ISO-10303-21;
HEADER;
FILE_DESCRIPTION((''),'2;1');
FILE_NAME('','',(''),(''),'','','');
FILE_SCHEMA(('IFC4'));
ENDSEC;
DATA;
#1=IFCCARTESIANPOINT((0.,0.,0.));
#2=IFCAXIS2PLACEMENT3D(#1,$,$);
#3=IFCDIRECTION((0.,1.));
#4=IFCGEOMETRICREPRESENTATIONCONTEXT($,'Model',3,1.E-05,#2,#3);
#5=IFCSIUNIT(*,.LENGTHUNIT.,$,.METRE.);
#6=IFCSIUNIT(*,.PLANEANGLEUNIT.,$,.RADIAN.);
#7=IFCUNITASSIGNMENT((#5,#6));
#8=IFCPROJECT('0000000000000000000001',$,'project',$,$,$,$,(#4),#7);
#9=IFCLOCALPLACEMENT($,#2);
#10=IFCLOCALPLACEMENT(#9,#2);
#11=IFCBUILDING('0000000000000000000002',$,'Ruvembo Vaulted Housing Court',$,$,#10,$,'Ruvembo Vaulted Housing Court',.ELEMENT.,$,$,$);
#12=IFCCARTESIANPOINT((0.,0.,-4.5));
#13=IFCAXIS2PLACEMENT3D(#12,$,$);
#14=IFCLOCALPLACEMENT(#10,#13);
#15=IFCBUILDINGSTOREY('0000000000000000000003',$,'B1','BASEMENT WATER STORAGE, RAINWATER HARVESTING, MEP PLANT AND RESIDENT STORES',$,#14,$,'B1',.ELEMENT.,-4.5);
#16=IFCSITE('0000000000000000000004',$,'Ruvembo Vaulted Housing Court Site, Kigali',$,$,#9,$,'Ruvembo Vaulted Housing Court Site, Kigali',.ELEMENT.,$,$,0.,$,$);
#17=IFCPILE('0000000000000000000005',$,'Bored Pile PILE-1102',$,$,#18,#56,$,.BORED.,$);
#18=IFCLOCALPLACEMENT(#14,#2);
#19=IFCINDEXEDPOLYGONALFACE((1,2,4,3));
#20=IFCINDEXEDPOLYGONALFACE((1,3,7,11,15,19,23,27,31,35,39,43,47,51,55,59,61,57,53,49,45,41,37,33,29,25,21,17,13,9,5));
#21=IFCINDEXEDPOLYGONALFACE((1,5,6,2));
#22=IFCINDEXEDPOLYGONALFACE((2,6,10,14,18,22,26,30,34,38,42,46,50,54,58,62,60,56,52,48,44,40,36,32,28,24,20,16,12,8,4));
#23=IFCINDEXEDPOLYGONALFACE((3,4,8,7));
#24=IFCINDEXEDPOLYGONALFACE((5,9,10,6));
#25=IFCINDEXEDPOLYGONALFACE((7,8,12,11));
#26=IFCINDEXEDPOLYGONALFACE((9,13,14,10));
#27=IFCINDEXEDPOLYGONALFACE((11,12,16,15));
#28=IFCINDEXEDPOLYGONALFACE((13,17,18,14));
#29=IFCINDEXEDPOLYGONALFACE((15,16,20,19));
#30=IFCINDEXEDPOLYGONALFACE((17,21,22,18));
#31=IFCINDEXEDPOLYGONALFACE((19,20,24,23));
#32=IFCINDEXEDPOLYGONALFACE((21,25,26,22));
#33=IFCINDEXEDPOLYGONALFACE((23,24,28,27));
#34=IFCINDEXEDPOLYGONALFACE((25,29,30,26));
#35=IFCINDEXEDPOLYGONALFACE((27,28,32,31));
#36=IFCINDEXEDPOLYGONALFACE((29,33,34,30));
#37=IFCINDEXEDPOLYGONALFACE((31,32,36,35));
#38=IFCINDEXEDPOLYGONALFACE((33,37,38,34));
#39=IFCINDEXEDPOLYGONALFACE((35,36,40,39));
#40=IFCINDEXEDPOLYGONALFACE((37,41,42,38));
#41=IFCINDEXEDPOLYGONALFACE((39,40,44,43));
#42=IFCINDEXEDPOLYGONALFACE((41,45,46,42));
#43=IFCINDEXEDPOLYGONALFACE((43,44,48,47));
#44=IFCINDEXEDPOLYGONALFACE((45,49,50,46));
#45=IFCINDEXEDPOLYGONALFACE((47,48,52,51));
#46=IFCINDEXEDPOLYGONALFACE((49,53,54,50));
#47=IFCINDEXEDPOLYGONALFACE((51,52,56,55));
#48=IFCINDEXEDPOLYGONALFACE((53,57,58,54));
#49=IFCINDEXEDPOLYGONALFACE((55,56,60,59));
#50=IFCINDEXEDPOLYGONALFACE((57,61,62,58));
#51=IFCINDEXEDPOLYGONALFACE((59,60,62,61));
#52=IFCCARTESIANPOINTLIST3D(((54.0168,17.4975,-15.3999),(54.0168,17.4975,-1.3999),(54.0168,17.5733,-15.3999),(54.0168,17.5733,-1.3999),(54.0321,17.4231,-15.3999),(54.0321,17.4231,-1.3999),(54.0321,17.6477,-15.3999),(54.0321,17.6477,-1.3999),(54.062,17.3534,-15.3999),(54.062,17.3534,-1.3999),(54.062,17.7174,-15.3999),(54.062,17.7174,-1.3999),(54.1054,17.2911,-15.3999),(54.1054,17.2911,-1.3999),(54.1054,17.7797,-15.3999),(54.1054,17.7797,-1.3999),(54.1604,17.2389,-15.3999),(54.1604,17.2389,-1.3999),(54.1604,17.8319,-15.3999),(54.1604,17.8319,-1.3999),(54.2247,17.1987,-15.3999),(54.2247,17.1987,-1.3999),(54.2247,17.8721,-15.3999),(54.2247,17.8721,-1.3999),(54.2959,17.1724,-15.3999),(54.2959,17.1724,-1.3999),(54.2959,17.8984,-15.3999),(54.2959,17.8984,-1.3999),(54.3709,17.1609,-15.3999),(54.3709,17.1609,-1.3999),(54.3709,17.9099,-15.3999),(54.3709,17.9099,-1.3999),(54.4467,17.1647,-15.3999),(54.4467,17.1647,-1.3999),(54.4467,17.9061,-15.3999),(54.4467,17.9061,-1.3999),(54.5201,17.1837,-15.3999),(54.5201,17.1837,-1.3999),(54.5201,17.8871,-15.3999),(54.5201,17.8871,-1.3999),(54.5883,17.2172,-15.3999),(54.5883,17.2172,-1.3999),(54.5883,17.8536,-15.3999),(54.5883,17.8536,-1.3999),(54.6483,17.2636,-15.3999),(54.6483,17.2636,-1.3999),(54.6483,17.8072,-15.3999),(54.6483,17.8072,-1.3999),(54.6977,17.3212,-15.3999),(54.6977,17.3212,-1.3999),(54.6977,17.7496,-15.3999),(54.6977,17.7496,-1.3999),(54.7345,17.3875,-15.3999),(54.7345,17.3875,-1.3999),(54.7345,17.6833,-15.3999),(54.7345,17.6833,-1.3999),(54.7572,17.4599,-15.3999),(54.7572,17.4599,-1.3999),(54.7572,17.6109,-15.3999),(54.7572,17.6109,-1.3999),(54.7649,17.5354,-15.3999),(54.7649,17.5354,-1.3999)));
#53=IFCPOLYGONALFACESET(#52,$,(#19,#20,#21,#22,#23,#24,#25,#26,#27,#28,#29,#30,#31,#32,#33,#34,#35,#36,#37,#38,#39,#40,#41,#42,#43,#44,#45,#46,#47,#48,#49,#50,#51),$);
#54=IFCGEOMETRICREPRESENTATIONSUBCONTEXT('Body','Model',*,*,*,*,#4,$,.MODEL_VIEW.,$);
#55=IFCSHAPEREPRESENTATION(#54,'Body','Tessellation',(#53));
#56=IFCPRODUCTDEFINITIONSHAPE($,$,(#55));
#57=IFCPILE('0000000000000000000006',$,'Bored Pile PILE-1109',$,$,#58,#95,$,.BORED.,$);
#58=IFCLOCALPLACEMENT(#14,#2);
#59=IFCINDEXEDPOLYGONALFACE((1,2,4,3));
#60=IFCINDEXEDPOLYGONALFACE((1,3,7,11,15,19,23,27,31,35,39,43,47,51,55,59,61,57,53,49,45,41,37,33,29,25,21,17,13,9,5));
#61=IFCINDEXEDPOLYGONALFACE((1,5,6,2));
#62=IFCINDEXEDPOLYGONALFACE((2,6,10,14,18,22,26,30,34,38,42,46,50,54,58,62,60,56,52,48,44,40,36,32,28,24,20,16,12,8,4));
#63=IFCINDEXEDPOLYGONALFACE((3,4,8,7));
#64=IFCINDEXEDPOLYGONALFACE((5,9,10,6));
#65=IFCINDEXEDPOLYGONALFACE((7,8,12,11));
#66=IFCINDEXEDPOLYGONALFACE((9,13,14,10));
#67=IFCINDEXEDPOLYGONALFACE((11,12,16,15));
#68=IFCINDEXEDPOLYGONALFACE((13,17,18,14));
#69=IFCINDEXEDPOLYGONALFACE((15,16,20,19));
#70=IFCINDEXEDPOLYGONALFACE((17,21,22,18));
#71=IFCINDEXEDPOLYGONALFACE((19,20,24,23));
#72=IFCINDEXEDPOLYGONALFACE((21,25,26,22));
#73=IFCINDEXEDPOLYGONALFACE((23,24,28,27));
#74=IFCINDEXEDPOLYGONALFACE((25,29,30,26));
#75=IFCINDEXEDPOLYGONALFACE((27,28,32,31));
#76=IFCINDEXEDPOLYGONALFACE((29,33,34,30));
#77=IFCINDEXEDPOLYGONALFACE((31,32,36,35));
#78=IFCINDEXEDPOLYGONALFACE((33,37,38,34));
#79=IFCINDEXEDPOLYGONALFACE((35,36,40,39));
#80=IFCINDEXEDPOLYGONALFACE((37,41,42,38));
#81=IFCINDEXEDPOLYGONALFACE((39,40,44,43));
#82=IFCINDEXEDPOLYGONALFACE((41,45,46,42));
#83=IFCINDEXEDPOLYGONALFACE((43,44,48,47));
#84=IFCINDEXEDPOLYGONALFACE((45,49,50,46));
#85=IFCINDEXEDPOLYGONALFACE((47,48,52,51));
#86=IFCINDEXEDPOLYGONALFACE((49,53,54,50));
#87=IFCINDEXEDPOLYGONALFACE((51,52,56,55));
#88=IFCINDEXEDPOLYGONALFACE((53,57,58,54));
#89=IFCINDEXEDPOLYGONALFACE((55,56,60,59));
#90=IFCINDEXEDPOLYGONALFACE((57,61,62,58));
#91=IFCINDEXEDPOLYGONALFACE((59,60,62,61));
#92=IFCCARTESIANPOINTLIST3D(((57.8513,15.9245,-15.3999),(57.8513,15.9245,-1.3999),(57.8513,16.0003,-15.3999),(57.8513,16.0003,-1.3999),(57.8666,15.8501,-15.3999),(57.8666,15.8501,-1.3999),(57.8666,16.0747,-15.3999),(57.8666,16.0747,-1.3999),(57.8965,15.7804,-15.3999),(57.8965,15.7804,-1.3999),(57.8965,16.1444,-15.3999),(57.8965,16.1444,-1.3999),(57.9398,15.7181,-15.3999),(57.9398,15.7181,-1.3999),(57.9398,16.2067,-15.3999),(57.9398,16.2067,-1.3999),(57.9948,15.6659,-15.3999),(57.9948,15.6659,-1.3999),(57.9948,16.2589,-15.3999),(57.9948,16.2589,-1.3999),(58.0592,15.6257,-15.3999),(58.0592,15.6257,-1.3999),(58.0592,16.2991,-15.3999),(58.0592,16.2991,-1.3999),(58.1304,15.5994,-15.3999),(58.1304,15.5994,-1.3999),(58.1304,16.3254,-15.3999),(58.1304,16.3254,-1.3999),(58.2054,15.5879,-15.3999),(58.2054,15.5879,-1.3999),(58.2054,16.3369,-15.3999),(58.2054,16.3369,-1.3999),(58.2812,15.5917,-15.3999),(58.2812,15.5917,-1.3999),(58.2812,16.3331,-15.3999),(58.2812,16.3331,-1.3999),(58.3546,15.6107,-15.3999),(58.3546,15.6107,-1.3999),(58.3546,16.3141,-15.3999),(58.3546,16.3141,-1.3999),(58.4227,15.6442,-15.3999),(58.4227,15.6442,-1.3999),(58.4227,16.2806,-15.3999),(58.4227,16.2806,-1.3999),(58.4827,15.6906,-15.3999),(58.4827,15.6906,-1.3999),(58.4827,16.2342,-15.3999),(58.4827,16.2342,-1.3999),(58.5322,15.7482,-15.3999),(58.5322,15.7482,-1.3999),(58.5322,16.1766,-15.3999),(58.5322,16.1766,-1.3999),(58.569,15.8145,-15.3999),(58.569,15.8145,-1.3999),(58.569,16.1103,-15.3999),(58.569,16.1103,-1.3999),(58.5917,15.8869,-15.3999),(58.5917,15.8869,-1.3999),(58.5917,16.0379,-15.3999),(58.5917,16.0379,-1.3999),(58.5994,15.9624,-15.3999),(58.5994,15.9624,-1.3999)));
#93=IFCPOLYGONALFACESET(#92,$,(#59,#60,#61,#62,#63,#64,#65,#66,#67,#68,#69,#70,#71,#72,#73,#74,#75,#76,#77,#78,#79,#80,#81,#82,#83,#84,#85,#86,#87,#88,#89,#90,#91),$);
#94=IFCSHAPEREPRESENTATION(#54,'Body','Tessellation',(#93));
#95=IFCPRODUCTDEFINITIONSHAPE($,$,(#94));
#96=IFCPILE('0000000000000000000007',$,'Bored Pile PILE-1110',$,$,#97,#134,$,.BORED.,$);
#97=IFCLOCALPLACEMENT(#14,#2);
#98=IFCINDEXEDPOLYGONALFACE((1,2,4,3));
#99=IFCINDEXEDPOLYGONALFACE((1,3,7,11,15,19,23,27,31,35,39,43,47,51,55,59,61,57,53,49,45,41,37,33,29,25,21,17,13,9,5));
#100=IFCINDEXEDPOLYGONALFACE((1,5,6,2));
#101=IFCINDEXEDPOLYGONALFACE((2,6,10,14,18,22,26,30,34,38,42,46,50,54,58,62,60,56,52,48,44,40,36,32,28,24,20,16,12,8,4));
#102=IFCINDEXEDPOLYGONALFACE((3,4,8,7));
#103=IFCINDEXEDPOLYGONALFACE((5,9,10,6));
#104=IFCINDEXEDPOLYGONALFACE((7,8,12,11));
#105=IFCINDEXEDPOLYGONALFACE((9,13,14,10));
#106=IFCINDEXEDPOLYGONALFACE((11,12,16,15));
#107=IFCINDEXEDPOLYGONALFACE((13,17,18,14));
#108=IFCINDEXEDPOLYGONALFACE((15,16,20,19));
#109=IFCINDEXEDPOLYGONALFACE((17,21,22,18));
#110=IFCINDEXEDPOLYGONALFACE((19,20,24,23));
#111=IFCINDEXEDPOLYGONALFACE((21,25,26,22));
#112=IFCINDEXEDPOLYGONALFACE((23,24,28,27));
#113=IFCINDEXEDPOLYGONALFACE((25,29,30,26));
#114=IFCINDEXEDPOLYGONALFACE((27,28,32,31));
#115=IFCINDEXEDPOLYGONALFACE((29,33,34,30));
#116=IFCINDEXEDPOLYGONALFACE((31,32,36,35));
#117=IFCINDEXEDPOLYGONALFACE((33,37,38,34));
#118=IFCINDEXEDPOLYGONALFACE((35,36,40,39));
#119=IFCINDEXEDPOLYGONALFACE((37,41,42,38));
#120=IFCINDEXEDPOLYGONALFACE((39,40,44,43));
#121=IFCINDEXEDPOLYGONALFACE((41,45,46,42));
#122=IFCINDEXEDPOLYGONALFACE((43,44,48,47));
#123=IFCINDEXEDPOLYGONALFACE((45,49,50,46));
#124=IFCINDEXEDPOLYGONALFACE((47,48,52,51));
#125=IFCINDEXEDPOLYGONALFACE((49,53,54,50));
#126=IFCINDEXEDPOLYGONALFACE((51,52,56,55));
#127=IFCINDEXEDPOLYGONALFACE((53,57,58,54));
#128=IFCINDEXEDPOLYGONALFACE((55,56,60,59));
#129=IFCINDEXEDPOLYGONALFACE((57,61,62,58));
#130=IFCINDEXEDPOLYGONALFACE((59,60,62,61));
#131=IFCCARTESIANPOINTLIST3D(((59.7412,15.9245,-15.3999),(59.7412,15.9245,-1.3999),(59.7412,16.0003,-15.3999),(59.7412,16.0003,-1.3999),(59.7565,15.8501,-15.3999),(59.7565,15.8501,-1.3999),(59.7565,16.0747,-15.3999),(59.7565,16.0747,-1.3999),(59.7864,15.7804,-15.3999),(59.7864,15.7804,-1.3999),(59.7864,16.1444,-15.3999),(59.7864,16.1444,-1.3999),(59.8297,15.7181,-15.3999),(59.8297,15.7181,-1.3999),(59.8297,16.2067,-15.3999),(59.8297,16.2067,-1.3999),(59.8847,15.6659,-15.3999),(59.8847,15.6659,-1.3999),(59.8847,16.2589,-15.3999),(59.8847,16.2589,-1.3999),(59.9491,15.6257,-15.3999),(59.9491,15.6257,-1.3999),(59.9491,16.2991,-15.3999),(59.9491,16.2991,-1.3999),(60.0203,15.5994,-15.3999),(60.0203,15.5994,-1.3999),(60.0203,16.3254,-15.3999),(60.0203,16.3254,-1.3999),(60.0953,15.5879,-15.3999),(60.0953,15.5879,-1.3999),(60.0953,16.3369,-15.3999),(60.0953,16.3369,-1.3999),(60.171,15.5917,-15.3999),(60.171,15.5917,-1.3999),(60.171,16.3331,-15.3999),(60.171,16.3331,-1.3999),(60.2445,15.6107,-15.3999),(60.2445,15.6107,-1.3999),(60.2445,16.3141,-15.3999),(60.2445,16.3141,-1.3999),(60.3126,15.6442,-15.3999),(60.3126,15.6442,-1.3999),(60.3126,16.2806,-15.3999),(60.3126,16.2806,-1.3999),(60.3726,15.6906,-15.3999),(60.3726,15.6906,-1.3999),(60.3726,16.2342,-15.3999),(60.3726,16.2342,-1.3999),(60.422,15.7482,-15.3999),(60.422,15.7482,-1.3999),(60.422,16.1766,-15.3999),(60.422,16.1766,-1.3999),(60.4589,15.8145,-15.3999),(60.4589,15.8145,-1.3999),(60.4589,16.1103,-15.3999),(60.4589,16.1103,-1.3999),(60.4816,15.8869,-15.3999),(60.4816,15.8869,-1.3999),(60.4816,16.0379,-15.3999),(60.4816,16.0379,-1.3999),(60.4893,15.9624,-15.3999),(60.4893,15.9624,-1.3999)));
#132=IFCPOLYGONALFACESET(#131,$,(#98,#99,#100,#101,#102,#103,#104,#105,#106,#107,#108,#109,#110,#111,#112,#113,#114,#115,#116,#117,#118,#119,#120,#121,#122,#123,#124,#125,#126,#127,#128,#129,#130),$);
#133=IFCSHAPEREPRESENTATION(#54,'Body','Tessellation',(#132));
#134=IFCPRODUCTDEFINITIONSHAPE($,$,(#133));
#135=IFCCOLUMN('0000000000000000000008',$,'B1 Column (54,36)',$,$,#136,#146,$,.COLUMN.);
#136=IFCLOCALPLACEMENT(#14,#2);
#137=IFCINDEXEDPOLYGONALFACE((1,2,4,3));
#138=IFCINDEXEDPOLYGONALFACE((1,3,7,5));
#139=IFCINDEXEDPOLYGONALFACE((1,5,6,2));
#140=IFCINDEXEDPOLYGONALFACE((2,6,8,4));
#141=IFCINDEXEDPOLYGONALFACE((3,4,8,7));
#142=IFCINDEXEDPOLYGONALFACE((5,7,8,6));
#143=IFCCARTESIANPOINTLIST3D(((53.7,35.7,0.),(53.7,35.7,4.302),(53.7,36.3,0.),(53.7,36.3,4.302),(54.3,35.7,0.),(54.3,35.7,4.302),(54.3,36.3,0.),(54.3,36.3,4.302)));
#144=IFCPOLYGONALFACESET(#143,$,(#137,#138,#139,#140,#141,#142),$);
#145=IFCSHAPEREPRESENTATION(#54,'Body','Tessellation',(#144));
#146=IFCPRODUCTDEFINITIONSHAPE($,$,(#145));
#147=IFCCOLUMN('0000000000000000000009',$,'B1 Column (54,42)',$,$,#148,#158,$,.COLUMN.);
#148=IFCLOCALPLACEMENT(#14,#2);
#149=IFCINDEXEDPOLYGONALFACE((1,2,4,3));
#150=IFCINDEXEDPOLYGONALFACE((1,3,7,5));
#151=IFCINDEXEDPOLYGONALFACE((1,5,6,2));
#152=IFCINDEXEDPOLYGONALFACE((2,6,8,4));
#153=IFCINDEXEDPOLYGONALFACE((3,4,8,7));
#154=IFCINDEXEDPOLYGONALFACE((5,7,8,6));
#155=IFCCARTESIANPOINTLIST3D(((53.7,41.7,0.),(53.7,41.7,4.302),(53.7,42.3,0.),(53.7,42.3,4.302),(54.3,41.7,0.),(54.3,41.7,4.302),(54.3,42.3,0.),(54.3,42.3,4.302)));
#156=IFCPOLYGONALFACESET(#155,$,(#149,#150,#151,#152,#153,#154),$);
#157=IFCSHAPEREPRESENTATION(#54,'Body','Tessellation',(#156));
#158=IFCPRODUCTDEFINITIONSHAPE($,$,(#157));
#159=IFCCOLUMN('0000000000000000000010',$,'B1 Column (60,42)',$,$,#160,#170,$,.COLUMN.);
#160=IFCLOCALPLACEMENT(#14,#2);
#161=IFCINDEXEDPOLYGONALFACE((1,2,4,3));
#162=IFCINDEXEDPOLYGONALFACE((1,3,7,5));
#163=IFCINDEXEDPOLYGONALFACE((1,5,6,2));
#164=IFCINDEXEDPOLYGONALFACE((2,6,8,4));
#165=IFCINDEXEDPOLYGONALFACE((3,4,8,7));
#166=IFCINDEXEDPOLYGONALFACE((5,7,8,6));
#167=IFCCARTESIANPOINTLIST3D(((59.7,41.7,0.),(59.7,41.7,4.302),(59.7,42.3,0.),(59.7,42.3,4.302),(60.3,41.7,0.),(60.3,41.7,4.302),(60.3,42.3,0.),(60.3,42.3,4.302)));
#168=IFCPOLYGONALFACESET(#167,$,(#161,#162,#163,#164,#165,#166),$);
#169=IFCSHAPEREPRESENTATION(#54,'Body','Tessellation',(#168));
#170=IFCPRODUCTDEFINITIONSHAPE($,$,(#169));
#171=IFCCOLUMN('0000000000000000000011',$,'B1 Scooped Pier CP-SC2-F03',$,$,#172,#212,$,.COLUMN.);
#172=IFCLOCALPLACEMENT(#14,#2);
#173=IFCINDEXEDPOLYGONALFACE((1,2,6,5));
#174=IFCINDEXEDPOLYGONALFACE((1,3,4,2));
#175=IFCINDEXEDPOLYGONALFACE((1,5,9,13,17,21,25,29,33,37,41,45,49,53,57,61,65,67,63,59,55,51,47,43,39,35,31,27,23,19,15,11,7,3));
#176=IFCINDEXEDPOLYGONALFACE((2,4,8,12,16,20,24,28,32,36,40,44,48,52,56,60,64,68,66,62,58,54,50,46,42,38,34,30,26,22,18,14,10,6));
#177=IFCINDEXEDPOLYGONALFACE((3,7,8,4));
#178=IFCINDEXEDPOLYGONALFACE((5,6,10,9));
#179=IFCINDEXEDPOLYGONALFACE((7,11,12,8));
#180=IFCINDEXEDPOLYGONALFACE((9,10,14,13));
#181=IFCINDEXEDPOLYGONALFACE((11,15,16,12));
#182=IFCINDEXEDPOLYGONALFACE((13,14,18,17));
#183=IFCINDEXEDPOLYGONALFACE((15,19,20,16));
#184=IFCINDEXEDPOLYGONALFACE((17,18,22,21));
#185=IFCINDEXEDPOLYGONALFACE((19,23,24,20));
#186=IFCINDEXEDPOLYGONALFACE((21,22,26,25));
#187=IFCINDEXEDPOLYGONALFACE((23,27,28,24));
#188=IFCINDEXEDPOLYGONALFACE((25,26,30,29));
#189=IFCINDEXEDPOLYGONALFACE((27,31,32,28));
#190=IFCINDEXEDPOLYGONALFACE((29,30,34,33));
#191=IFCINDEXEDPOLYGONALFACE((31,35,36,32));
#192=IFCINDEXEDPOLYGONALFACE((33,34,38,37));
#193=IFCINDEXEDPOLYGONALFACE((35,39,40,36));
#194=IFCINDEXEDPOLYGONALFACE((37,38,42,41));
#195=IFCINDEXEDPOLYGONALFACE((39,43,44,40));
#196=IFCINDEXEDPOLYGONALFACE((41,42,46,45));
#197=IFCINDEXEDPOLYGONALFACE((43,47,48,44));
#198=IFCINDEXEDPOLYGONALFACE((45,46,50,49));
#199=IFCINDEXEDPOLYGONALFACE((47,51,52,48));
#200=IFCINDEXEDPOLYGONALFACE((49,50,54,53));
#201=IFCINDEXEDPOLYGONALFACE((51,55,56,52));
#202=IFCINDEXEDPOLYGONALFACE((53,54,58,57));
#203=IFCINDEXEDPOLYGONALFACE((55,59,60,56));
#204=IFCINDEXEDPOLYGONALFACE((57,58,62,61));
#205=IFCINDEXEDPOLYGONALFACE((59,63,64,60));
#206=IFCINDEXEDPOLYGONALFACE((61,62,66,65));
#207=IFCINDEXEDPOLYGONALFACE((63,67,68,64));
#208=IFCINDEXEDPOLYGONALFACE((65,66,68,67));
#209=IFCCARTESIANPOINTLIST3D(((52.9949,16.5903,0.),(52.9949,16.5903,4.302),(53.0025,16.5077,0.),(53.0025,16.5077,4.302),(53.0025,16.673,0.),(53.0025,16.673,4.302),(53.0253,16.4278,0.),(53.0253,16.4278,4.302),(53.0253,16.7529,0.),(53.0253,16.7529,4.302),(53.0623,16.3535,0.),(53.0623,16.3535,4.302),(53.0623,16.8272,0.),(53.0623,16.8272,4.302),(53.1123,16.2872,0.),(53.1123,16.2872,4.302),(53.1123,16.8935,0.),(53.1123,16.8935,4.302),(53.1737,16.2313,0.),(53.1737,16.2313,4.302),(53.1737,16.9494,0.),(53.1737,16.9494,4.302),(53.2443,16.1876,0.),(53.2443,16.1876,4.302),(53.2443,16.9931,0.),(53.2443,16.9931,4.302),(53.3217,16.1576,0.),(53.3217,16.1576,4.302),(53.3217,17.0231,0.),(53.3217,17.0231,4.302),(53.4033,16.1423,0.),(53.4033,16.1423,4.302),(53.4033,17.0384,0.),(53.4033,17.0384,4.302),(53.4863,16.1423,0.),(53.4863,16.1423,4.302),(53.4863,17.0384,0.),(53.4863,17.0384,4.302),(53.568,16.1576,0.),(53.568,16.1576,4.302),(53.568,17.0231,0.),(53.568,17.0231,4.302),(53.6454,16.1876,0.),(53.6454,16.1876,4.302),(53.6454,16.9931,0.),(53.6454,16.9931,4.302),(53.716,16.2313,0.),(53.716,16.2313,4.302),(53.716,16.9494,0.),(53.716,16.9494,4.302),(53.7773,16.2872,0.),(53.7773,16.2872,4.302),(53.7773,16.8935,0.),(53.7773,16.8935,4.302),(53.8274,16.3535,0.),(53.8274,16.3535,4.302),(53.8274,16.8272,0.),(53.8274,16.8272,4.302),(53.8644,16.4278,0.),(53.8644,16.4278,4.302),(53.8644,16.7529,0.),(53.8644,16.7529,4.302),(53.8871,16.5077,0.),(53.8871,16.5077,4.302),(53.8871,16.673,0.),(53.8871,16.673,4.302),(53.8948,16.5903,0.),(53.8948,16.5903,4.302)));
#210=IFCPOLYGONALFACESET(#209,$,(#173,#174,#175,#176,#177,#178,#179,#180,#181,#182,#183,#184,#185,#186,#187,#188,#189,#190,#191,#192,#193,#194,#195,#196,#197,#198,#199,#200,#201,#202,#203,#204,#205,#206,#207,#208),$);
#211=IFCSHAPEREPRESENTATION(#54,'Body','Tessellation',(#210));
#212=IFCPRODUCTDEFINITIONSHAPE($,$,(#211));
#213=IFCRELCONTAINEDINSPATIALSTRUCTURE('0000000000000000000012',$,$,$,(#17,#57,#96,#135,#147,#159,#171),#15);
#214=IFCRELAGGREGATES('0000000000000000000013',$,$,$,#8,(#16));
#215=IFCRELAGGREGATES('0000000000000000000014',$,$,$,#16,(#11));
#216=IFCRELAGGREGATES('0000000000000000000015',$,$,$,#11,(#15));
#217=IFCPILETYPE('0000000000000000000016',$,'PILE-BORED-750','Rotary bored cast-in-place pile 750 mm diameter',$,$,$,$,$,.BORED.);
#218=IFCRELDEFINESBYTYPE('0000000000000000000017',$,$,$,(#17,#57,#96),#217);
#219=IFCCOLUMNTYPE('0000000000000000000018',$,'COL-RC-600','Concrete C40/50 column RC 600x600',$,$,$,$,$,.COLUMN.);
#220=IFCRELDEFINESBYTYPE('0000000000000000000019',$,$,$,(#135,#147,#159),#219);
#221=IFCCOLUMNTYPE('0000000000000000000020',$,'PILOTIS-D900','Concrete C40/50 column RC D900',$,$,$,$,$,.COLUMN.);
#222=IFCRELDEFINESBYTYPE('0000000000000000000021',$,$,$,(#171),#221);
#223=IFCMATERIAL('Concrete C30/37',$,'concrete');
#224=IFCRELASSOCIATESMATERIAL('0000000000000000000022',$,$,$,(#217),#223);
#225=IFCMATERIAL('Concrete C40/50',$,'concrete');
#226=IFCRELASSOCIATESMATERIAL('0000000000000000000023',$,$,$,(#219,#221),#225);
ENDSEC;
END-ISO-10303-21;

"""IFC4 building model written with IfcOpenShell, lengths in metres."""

from ifc_helpers import new_model, si_unit, direction, frame, origin, origin_2d, place, context, subcontext, project, spatial, rectangle, circle, extrude, material, material_profile, profile_set, type_object, element, save


model = new_model("IFC4")

# Units and contexts
model_context = context("Model", 3, precision=1e-05, world=origin(), true_north=direction((0.0, 1.0)))
body_context = subcontext(model_context, "Body", "Model", "MODEL_VIEW")
ifc_project = project(units=[si_unit("LENGTHUNIT", "METRE"), si_unit("PLANEANGLEUNIT", "RADIAN")], contexts=[model_context])

# Site, building, storey
site_placement = place(None, origin())
site = spatial("IfcSite", under=ifc_project, at=site_placement, Name="Ruvembo Vaulted Housing Court Site, Kigali", LongName="Ruvembo Vaulted Housing Court Site, Kigali", CompositionType="ELEMENT", RefElevation=0.0)
building_placement = place(site_placement, origin())
building = spatial("IfcBuilding", under=site, at=building_placement, Name="Ruvembo Vaulted Housing Court", LongName="Ruvembo Vaulted Housing Court", CompositionType="ELEMENT")
storey_placement = place(building_placement, frame((0.0, 0.0, -4.5)))
storey = spatial("IfcBuildingStorey", under=building, at=storey_placement, Name="B1", Description="BASEMENT WATER STORAGE, RAINWATER HARVESTING, MEP PLANT AND RESIDENT STORES", LongName="B1", CompositionType="ELEMENT", Elevation=-4.5)

# Piles
ifc_material_1 = material(Name="Concrete C30/37", Category="concrete")
ifc_material_profile_1 = material_profile(ifc_material_1, circle(Radius=0.375, at=origin_2d()), Name="PILE D750")
ifc_profile_set_1 = profile_set([ifc_material_profile_1], Name="Concrete C30/37")
pile_type_1 = type_object("IfcPileType", Name="PILE-BORED-750", Description="Rotary bored cast-in-place pile 750 mm diameter", PredefinedType="BORED", material=ifc_profile_set_1)
for number, where, z_axis, x_axis, name in (
    (1, (54.3899, 17.5354, -1.3999), (0.0, 0.0, -1.0), (1.0, 0.0, 0.0), "Bored Pile PILE-1102"),
    (2, (58.2244, 15.9624, -1.3999), (0.0, 0.0, -1.0), (1.0, 0.0, 0.0), "Bored Pile PILE-1109"),
    (3, (60.1143, 15.9624, -1.3999), (0.0, 0.0, -1.0), (1.0, 0.0, 0.0), "Bored Pile PILE-1110"),
):
    element("IfcPile", number, at=place(storey_placement, frame(where, z_axis=z_axis, x_axis=x_axis)), inside=storey, type_object=pile_type_1, Name=name, PredefinedType="BORED", context=body_context, shape_type="SweptSolid", body=[
        extrude(circle(Radius=0.375, at=origin_2d()), origin(), (0.0, 0.0, 1.0), 14.0),
    ])

# Columns
ifc_material_2 = material(Name="Concrete C40/50", Category="concrete")
ifc_material_profile_2 = material_profile(ifc_material_2, rectangle(XDim=0.6001, YDim=0.6001, at=origin_2d()), Name="RC 600x600")
ifc_profile_set_2 = profile_set([ifc_material_profile_2], Name="Concrete C40/50")
column_type_1 = type_object("IfcColumnType", Name="COL-RC-600", Description="Concrete C40/50 column RC 600x600", PredefinedType="COLUMN", material=ifc_profile_set_2)
for number, where, z_axis, x_axis, name in (
    (4, (54.0, 36.0, 0.0), (0.0, 0.0, 1.0), (1.0, 0.0, 0.0), "B1 Column (54,36)"),
    (5, (54.0, 42.0, 0.0), (0.0, 0.0, 1.0), (1.0, 0.0, 0.0), "B1 Column (54,42)"),
    (6, (60.0, 42.0, 0.0), (0.0, 0.0, 1.0), (1.0, 0.0, 0.0), "B1 Column (60,42)"),
):
    element("IfcColumn", number, at=place(storey_placement, frame(where, z_axis=z_axis, x_axis=x_axis)), inside=storey, type_object=column_type_1, Name=name, PredefinedType="COLUMN", context=body_context, shape_type="SweptSolid", body=[
        extrude(rectangle(XDim=0.6001, YDim=0.6001, at=origin_2d()), origin(), (0.0, 0.0, 1.0), 4.302),
    ])
ifc_material_profile_3 = material_profile(ifc_material_2, circle(Radius=0.45, at=origin_2d()), Name="RC D900")
ifc_profile_set_3 = profile_set([ifc_material_profile_3], Name="Concrete C40/50")
column_type_2 = type_object("IfcColumnType", Name="PILOTIS-D900", Description="Concrete C40/50 column RC D900", PredefinedType="COLUMN", material=ifc_profile_set_3)
column_placement = place(storey_placement, frame((53.4448, 16.5903, 0.0), z_axis=(0.0, 0.0, 1.0), x_axis=(1.0, 0.0, 0.0)))
element("IfcColumn", 7, at=column_placement, inside=storey, type_object=column_type_2, Name="B1 Scooped Pier CP-SC2-F03", PredefinedType="COLUMN", context=body_context, shape_type="SweptSolid", body=[
    extrude(circle(Radius=0.45, at=origin_2d()), origin(), (0.0, 0.0, 1.0), 4.302),
])

save(model, "model.ifc")
